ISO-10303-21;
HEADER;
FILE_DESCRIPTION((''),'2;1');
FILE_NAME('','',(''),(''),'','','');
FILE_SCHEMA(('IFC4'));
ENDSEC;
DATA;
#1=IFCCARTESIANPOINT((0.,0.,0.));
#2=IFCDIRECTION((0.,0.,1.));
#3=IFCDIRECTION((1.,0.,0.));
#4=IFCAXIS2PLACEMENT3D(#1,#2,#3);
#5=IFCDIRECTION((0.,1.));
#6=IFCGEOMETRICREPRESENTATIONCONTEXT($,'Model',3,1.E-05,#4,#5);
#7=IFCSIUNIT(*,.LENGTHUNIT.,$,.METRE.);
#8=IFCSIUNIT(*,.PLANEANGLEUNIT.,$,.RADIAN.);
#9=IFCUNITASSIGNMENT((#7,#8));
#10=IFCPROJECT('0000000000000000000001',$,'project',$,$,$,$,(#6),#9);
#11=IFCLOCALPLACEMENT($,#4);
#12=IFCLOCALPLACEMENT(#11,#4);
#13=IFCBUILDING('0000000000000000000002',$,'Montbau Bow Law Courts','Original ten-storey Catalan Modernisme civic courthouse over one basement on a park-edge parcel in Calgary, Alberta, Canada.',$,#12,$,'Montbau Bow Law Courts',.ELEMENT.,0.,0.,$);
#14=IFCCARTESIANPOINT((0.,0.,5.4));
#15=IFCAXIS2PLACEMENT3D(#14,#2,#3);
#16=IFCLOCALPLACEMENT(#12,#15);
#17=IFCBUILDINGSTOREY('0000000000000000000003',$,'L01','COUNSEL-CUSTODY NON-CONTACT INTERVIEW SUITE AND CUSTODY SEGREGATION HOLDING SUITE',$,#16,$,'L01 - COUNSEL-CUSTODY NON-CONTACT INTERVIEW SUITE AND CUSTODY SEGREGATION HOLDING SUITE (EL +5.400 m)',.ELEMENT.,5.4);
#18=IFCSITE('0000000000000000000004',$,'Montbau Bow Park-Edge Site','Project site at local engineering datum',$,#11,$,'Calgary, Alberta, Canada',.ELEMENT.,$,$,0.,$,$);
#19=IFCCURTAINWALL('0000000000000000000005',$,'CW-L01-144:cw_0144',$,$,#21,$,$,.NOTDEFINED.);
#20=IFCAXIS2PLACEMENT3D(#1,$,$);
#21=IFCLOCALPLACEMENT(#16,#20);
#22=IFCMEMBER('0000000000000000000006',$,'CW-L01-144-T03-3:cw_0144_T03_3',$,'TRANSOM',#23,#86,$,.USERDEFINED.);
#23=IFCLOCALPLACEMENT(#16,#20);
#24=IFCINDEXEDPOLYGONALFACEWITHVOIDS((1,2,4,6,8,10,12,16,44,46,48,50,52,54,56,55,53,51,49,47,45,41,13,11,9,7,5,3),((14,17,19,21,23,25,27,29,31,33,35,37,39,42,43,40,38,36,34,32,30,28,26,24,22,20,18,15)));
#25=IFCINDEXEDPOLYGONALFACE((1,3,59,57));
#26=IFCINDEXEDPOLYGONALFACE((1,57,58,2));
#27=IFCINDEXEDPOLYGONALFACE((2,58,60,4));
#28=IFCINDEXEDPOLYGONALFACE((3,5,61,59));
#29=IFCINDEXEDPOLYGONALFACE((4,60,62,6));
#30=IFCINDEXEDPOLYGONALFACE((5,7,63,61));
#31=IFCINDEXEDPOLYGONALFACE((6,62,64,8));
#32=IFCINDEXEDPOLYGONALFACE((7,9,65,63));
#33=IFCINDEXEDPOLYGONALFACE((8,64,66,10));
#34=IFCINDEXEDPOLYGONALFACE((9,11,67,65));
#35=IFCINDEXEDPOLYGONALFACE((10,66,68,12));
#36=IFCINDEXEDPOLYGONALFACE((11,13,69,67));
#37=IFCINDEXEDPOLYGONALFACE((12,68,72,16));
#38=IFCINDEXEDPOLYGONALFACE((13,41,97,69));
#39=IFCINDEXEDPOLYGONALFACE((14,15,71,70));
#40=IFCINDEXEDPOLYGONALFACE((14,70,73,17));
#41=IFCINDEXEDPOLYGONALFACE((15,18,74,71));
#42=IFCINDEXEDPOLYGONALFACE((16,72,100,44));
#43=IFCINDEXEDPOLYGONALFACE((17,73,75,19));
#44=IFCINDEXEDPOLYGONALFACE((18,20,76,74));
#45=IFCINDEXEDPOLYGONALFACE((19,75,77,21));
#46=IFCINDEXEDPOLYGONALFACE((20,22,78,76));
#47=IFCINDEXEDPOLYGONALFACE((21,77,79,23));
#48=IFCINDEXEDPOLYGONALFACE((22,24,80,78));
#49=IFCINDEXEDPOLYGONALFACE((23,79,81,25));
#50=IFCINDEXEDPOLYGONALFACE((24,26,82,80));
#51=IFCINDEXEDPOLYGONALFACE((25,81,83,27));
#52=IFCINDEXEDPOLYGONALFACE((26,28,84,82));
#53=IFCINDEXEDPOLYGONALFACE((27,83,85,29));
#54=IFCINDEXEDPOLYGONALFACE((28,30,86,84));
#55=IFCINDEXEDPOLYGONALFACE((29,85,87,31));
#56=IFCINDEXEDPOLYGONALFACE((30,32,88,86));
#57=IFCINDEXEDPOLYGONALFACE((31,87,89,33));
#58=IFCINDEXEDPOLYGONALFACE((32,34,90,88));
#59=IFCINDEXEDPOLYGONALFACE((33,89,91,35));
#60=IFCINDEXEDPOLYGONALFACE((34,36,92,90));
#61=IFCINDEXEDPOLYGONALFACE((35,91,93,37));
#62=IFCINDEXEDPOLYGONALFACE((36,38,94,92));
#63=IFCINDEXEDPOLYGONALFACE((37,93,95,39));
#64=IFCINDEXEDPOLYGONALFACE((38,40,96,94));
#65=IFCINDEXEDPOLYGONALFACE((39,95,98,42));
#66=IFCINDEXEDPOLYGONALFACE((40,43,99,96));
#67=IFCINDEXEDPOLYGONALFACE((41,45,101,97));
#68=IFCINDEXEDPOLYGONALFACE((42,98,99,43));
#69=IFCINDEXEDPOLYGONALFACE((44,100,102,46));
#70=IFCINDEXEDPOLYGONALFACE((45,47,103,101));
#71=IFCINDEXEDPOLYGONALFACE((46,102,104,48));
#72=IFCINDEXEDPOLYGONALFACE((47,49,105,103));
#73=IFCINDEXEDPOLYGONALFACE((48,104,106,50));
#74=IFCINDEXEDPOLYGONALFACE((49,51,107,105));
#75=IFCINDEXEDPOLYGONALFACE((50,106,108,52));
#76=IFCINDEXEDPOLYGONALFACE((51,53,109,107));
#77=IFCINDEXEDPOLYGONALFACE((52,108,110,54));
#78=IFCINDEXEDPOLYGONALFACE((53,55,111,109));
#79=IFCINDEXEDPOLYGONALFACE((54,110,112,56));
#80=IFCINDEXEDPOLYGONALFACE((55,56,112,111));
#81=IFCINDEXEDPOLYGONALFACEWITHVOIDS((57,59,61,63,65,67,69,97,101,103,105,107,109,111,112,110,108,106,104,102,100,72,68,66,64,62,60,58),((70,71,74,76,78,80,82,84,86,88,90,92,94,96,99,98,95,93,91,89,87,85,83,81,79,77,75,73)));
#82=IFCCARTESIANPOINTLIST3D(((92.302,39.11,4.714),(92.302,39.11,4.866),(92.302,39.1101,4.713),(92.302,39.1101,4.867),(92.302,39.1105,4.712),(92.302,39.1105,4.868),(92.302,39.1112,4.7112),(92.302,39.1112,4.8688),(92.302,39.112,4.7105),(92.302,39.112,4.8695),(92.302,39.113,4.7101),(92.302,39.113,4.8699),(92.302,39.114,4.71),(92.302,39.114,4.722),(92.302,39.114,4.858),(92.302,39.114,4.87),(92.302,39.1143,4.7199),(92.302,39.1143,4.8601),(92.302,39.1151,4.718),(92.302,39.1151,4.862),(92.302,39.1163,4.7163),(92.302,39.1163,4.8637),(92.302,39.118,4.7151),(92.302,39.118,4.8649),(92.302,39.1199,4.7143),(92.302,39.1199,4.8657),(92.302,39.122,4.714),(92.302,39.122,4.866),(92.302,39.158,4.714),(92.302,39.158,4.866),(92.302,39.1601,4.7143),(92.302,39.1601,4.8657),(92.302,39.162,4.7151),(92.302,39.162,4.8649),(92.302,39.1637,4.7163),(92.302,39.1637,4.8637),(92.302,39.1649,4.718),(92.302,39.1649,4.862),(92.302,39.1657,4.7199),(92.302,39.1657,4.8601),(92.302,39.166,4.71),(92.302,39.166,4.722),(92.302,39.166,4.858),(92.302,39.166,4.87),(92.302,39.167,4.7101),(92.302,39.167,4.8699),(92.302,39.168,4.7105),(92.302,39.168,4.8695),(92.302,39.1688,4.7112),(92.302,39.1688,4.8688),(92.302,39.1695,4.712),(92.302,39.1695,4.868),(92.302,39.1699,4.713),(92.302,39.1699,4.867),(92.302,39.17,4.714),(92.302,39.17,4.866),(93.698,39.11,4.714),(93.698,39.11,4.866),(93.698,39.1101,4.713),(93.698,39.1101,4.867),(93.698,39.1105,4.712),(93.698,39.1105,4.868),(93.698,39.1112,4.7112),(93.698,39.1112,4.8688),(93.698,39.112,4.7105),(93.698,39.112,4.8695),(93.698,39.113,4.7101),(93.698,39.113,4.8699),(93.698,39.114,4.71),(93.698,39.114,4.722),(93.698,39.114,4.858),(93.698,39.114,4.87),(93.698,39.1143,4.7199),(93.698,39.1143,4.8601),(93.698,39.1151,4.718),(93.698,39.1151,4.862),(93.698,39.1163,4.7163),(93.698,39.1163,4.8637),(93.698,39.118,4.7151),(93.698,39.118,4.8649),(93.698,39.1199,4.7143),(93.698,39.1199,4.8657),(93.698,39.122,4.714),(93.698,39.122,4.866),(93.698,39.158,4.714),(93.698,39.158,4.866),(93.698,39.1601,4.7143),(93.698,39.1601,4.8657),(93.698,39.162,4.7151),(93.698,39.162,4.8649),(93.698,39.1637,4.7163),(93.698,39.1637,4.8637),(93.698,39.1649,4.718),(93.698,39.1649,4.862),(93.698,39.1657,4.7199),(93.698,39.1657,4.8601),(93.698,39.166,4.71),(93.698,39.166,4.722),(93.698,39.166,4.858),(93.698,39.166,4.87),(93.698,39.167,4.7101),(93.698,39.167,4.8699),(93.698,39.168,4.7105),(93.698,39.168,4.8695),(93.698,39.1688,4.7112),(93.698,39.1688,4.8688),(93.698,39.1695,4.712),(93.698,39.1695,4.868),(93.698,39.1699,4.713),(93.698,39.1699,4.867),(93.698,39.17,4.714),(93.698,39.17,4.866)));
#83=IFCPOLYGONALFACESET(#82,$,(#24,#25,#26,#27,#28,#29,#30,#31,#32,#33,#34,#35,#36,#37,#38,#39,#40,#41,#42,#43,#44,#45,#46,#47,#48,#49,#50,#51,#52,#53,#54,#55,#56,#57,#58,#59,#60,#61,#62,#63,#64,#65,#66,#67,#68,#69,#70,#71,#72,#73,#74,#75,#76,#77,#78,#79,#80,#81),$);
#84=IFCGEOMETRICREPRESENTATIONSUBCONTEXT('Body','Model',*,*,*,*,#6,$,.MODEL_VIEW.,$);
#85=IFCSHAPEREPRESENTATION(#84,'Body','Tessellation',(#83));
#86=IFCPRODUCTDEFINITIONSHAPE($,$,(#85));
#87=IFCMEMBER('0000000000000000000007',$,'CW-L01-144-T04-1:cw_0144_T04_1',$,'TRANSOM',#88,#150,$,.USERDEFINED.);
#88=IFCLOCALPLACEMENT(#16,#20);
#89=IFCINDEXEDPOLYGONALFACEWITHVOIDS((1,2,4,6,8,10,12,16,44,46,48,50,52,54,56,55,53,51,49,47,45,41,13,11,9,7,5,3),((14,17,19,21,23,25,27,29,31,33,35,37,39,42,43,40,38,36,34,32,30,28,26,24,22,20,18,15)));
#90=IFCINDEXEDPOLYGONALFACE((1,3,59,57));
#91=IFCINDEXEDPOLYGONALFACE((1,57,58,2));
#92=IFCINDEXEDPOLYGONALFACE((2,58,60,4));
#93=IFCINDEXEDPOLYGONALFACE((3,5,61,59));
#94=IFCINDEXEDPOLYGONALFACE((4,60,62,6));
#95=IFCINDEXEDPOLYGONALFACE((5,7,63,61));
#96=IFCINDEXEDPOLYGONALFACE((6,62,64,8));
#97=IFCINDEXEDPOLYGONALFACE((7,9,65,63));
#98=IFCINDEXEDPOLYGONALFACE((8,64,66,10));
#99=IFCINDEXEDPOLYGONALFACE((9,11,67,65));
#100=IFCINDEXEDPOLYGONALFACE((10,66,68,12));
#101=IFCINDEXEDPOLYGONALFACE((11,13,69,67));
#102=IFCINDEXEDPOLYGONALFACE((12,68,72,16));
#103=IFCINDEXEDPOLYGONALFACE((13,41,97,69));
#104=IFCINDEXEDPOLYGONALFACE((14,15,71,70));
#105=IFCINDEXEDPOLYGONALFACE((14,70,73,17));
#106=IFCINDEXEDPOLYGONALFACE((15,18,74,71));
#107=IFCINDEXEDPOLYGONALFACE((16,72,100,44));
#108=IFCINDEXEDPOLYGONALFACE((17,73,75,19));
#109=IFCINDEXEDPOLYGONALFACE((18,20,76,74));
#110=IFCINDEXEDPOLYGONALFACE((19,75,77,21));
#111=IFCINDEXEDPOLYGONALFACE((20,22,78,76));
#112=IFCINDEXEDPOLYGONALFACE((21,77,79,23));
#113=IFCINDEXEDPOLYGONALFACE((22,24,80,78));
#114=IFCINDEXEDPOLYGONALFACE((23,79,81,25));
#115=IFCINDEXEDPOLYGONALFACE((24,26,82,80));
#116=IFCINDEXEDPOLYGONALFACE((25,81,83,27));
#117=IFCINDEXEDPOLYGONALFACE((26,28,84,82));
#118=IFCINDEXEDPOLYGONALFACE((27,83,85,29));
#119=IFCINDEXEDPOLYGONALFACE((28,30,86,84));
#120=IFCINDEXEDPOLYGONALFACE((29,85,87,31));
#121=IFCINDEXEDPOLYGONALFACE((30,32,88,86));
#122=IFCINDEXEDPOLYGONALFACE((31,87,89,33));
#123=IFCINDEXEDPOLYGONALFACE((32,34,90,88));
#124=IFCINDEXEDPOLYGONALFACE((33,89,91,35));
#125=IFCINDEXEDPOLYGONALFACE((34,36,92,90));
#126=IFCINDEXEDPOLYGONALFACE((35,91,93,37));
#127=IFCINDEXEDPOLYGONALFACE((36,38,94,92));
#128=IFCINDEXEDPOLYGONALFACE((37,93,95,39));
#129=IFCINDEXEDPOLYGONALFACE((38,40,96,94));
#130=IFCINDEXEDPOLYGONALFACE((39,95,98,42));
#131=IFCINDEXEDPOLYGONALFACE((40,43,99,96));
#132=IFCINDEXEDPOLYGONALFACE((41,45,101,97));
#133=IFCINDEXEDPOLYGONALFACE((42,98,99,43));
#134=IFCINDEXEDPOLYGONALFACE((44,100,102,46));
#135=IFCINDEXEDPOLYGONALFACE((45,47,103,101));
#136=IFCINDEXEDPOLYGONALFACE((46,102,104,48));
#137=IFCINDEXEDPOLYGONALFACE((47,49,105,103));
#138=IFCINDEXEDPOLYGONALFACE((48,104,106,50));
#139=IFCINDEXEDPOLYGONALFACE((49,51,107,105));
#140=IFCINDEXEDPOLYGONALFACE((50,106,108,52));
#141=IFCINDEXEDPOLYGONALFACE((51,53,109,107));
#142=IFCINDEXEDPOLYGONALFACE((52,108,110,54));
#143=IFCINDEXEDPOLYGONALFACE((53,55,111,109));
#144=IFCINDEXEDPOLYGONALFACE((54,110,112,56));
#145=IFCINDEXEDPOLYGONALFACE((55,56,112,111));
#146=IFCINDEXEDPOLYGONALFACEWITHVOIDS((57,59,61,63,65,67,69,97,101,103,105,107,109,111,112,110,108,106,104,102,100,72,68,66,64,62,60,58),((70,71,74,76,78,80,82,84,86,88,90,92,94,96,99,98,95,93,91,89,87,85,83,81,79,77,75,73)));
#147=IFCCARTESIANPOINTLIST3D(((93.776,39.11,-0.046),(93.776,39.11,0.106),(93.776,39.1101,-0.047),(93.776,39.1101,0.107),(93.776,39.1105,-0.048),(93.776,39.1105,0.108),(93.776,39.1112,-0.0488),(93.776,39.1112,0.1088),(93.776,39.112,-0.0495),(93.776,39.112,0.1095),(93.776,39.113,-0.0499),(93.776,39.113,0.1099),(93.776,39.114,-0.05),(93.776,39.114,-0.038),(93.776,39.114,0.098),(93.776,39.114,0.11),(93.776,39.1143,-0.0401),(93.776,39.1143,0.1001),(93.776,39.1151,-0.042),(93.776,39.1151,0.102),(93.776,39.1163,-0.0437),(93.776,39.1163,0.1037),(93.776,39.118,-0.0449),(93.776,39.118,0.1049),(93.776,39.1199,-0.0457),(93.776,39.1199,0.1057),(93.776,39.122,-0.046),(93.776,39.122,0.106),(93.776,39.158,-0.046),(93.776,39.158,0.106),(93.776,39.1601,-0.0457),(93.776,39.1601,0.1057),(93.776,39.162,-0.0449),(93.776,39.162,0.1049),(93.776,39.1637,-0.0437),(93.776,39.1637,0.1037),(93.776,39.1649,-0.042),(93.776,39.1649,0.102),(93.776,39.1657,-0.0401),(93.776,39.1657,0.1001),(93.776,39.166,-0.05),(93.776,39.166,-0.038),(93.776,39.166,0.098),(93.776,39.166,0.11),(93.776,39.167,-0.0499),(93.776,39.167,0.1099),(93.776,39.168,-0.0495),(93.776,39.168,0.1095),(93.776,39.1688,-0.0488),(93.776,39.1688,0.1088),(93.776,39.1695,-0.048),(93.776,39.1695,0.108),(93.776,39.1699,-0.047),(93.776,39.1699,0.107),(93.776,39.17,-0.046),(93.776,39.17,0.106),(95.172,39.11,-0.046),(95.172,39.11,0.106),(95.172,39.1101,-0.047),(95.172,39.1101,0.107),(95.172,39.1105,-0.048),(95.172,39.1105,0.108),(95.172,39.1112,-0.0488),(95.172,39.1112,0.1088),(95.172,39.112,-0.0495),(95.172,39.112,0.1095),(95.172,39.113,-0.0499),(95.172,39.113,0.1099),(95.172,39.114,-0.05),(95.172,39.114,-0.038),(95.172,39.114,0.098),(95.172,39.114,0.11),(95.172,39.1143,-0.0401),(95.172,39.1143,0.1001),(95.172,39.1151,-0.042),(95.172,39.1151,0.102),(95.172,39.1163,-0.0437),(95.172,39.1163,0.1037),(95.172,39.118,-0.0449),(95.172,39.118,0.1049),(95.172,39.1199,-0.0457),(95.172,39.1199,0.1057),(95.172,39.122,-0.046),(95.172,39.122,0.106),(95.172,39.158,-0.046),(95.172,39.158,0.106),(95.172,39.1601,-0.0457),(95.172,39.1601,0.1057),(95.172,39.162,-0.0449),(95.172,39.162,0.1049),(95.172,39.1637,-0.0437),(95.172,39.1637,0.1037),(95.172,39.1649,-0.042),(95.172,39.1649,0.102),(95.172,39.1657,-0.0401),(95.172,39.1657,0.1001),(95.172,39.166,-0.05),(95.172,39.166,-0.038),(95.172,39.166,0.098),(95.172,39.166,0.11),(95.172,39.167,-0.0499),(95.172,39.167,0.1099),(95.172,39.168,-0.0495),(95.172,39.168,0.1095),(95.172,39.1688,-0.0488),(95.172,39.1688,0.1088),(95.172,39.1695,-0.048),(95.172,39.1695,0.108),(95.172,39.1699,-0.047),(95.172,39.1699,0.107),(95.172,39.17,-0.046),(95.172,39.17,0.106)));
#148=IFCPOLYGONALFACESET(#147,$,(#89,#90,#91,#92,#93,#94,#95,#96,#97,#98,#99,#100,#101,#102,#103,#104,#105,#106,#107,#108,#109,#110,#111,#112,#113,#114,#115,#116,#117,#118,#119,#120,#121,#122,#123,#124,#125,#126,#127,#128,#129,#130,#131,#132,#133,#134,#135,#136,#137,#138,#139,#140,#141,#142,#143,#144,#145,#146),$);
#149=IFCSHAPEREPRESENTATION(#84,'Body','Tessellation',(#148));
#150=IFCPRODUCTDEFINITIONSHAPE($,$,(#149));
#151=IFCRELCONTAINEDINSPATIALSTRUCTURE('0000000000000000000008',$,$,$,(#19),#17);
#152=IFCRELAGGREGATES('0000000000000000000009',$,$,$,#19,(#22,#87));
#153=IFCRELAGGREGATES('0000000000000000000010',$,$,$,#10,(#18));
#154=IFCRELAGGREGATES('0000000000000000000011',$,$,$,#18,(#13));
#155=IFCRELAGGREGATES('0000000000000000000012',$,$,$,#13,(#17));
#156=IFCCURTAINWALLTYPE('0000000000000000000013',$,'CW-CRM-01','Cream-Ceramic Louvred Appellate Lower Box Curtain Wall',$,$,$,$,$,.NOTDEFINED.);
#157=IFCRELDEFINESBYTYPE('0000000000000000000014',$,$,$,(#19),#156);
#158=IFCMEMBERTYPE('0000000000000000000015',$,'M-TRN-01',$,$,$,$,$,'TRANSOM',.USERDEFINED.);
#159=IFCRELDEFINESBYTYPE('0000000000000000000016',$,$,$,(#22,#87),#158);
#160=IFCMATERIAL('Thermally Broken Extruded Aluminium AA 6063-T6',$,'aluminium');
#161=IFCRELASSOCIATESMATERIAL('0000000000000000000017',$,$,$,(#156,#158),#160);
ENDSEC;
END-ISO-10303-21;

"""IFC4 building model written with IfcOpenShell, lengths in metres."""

from ifc_helpers import new_model, si_unit, direction, frame, origin_with_axes, origin_2d_with_axis, place, context, subcontext, project, spatial, hollow_rectangle, extrude, material, material_profile, profile_set, type_object, element, aggregate, save


model = new_model("IFC4")

# Units and contexts
model_context = context("Model", 3, precision=1e-05, world=origin_with_axes(), true_north=direction((0.0, 1.0)))
body_context = subcontext(model_context, "Body", "Model", "MODEL_VIEW")
ifc_project = project(units=[si_unit("LENGTHUNIT", "METRE"), si_unit("PLANEANGLEUNIT", "RADIAN")], contexts=[model_context])

# Site, building, storey
site_placement = place(None, origin_with_axes())
site = spatial("IfcSite", under=ifc_project, at=site_placement, Name="Montbau Bow Park-Edge Site", Description="Project site at local engineering datum", LongName="Calgary, Alberta, Canada", CompositionType="ELEMENT", RefElevation=0.0)
building_placement = place(site_placement, origin_with_axes())
building = spatial("IfcBuilding", under=site, at=building_placement, Name="Montbau Bow Law Courts", Description="Original ten-storey Catalan Modernisme civic courthouse over one basement on a park-edge parcel in Calgary, Alberta, Canada.", LongName="Montbau Bow Law Courts", CompositionType="ELEMENT", ElevationOfRefHeight=0.0, ElevationOfTerrain=0.0)
storey_placement = place(building_placement, frame((0.0, 0.0, 5.4), z_axis=(0.0, 0.0, 1.0), x_axis=(1.0, 0.0, 0.0)))
storey = spatial("IfcBuildingStorey", under=building, at=storey_placement, Name="L01", Description="COUNSEL-CUSTODY NON-CONTACT INTERVIEW SUITE AND CUSTODY SEGREGATION HOLDING SUITE", LongName="L01 - COUNSEL-CUSTODY NON-CONTACT INTERVIEW SUITE AND CUSTODY SEGREGATION HOLDING SUITE (EL +5.400 m)", CompositionType="ELEMENT", Elevation=5.4)

# Curtain wall, members
ifc_material_1 = material(Name="Thermally Broken Extruded Aluminium AA 6063-T6", Category="aluminium")
curtain_wall_type = type_object("IfcCurtainWallType", Name="CW-CRM-01", Description="Cream-Ceramic Louvred Appellate Lower Box Curtain Wall", PredefinedType="NOTDEFINED", material=ifc_material_1)
curtain_wall_placement = place(None, frame((89.315, 39.14, 5.4), z_axis=(0.0, 0.0, 1.0), x_axis=(1.0, 0.0, 0.0)))
curtain_wall = element("IfcCurtainWall", 1, at=curtain_wall_placement, inside=storey, type_object=curtain_wall_type, Name="CW-L01-144:cw_0144", PredefinedType="NOTDEFINED")
ifc_material_profile_1 = material_profile(ifc_material_1, hollow_rectangle(XDim=0.06, YDim=0.16, WallThickness=0.004, InnerFilletRadius=0.008, OuterFilletRadius=0.004, at=origin_2d_with_axis()), Name="CWT-160X60", Category="Main", Priority=0)
ifc_profile_set_1 = profile_set([ifc_material_profile_1], Name="Thermally Broken Extruded Aluminium AA 6063-T6")
member_type_1 = type_object("IfcMemberType", Name="M-TRN-01", ElementType="TRANSOM", PredefinedType="USERDEFINED", material=ifc_profile_set_1)
member_1_placement = place(None, frame((92.302, 39.14, 10.19), z_axis=(1.0, 0.0, 0.0), x_axis=(0.0, 1.0, 0.0)))
member_1 = element("IfcMember", 2, at=member_1_placement, type_object=member_type_1, Name="CW-L01-144-T03-3:cw_0144_T03_3", ObjectType="TRANSOM", PredefinedType="USERDEFINED", context=body_context, shape_type="SweptSolid", body=[
    extrude(hollow_rectangle(XDim=0.06, YDim=0.16, WallThickness=0.004, InnerFilletRadius=0.008, OuterFilletRadius=0.004, at=origin_2d_with_axis()), origin_with_axes(), (0.0, 0.0, 1.0), 1.396),
])
member_2_placement = place(None, frame((93.776, 39.14, 5.43), z_axis=(1.0, 0.0, 0.0), x_axis=(0.0, 1.0, 0.0)))
member_2 = element("IfcMember", 3, at=member_2_placement, type_object=member_type_1, Name="CW-L01-144-T04-1:cw_0144_T04_1", ObjectType="TRANSOM", PredefinedType="USERDEFINED", context=body_context, shape_type="SweptSolid", body=[
    extrude(hollow_rectangle(XDim=0.06, YDim=0.16, WallThickness=0.004, InnerFilletRadius=0.008, OuterFilletRadius=0.004, at=origin_2d_with_axis()), origin_with_axes(), (0.0, 0.0, 1.0), 1.396),
])
aggregate(curtain_wall, [member_1, member_2])

save(model, "model.ifc")
